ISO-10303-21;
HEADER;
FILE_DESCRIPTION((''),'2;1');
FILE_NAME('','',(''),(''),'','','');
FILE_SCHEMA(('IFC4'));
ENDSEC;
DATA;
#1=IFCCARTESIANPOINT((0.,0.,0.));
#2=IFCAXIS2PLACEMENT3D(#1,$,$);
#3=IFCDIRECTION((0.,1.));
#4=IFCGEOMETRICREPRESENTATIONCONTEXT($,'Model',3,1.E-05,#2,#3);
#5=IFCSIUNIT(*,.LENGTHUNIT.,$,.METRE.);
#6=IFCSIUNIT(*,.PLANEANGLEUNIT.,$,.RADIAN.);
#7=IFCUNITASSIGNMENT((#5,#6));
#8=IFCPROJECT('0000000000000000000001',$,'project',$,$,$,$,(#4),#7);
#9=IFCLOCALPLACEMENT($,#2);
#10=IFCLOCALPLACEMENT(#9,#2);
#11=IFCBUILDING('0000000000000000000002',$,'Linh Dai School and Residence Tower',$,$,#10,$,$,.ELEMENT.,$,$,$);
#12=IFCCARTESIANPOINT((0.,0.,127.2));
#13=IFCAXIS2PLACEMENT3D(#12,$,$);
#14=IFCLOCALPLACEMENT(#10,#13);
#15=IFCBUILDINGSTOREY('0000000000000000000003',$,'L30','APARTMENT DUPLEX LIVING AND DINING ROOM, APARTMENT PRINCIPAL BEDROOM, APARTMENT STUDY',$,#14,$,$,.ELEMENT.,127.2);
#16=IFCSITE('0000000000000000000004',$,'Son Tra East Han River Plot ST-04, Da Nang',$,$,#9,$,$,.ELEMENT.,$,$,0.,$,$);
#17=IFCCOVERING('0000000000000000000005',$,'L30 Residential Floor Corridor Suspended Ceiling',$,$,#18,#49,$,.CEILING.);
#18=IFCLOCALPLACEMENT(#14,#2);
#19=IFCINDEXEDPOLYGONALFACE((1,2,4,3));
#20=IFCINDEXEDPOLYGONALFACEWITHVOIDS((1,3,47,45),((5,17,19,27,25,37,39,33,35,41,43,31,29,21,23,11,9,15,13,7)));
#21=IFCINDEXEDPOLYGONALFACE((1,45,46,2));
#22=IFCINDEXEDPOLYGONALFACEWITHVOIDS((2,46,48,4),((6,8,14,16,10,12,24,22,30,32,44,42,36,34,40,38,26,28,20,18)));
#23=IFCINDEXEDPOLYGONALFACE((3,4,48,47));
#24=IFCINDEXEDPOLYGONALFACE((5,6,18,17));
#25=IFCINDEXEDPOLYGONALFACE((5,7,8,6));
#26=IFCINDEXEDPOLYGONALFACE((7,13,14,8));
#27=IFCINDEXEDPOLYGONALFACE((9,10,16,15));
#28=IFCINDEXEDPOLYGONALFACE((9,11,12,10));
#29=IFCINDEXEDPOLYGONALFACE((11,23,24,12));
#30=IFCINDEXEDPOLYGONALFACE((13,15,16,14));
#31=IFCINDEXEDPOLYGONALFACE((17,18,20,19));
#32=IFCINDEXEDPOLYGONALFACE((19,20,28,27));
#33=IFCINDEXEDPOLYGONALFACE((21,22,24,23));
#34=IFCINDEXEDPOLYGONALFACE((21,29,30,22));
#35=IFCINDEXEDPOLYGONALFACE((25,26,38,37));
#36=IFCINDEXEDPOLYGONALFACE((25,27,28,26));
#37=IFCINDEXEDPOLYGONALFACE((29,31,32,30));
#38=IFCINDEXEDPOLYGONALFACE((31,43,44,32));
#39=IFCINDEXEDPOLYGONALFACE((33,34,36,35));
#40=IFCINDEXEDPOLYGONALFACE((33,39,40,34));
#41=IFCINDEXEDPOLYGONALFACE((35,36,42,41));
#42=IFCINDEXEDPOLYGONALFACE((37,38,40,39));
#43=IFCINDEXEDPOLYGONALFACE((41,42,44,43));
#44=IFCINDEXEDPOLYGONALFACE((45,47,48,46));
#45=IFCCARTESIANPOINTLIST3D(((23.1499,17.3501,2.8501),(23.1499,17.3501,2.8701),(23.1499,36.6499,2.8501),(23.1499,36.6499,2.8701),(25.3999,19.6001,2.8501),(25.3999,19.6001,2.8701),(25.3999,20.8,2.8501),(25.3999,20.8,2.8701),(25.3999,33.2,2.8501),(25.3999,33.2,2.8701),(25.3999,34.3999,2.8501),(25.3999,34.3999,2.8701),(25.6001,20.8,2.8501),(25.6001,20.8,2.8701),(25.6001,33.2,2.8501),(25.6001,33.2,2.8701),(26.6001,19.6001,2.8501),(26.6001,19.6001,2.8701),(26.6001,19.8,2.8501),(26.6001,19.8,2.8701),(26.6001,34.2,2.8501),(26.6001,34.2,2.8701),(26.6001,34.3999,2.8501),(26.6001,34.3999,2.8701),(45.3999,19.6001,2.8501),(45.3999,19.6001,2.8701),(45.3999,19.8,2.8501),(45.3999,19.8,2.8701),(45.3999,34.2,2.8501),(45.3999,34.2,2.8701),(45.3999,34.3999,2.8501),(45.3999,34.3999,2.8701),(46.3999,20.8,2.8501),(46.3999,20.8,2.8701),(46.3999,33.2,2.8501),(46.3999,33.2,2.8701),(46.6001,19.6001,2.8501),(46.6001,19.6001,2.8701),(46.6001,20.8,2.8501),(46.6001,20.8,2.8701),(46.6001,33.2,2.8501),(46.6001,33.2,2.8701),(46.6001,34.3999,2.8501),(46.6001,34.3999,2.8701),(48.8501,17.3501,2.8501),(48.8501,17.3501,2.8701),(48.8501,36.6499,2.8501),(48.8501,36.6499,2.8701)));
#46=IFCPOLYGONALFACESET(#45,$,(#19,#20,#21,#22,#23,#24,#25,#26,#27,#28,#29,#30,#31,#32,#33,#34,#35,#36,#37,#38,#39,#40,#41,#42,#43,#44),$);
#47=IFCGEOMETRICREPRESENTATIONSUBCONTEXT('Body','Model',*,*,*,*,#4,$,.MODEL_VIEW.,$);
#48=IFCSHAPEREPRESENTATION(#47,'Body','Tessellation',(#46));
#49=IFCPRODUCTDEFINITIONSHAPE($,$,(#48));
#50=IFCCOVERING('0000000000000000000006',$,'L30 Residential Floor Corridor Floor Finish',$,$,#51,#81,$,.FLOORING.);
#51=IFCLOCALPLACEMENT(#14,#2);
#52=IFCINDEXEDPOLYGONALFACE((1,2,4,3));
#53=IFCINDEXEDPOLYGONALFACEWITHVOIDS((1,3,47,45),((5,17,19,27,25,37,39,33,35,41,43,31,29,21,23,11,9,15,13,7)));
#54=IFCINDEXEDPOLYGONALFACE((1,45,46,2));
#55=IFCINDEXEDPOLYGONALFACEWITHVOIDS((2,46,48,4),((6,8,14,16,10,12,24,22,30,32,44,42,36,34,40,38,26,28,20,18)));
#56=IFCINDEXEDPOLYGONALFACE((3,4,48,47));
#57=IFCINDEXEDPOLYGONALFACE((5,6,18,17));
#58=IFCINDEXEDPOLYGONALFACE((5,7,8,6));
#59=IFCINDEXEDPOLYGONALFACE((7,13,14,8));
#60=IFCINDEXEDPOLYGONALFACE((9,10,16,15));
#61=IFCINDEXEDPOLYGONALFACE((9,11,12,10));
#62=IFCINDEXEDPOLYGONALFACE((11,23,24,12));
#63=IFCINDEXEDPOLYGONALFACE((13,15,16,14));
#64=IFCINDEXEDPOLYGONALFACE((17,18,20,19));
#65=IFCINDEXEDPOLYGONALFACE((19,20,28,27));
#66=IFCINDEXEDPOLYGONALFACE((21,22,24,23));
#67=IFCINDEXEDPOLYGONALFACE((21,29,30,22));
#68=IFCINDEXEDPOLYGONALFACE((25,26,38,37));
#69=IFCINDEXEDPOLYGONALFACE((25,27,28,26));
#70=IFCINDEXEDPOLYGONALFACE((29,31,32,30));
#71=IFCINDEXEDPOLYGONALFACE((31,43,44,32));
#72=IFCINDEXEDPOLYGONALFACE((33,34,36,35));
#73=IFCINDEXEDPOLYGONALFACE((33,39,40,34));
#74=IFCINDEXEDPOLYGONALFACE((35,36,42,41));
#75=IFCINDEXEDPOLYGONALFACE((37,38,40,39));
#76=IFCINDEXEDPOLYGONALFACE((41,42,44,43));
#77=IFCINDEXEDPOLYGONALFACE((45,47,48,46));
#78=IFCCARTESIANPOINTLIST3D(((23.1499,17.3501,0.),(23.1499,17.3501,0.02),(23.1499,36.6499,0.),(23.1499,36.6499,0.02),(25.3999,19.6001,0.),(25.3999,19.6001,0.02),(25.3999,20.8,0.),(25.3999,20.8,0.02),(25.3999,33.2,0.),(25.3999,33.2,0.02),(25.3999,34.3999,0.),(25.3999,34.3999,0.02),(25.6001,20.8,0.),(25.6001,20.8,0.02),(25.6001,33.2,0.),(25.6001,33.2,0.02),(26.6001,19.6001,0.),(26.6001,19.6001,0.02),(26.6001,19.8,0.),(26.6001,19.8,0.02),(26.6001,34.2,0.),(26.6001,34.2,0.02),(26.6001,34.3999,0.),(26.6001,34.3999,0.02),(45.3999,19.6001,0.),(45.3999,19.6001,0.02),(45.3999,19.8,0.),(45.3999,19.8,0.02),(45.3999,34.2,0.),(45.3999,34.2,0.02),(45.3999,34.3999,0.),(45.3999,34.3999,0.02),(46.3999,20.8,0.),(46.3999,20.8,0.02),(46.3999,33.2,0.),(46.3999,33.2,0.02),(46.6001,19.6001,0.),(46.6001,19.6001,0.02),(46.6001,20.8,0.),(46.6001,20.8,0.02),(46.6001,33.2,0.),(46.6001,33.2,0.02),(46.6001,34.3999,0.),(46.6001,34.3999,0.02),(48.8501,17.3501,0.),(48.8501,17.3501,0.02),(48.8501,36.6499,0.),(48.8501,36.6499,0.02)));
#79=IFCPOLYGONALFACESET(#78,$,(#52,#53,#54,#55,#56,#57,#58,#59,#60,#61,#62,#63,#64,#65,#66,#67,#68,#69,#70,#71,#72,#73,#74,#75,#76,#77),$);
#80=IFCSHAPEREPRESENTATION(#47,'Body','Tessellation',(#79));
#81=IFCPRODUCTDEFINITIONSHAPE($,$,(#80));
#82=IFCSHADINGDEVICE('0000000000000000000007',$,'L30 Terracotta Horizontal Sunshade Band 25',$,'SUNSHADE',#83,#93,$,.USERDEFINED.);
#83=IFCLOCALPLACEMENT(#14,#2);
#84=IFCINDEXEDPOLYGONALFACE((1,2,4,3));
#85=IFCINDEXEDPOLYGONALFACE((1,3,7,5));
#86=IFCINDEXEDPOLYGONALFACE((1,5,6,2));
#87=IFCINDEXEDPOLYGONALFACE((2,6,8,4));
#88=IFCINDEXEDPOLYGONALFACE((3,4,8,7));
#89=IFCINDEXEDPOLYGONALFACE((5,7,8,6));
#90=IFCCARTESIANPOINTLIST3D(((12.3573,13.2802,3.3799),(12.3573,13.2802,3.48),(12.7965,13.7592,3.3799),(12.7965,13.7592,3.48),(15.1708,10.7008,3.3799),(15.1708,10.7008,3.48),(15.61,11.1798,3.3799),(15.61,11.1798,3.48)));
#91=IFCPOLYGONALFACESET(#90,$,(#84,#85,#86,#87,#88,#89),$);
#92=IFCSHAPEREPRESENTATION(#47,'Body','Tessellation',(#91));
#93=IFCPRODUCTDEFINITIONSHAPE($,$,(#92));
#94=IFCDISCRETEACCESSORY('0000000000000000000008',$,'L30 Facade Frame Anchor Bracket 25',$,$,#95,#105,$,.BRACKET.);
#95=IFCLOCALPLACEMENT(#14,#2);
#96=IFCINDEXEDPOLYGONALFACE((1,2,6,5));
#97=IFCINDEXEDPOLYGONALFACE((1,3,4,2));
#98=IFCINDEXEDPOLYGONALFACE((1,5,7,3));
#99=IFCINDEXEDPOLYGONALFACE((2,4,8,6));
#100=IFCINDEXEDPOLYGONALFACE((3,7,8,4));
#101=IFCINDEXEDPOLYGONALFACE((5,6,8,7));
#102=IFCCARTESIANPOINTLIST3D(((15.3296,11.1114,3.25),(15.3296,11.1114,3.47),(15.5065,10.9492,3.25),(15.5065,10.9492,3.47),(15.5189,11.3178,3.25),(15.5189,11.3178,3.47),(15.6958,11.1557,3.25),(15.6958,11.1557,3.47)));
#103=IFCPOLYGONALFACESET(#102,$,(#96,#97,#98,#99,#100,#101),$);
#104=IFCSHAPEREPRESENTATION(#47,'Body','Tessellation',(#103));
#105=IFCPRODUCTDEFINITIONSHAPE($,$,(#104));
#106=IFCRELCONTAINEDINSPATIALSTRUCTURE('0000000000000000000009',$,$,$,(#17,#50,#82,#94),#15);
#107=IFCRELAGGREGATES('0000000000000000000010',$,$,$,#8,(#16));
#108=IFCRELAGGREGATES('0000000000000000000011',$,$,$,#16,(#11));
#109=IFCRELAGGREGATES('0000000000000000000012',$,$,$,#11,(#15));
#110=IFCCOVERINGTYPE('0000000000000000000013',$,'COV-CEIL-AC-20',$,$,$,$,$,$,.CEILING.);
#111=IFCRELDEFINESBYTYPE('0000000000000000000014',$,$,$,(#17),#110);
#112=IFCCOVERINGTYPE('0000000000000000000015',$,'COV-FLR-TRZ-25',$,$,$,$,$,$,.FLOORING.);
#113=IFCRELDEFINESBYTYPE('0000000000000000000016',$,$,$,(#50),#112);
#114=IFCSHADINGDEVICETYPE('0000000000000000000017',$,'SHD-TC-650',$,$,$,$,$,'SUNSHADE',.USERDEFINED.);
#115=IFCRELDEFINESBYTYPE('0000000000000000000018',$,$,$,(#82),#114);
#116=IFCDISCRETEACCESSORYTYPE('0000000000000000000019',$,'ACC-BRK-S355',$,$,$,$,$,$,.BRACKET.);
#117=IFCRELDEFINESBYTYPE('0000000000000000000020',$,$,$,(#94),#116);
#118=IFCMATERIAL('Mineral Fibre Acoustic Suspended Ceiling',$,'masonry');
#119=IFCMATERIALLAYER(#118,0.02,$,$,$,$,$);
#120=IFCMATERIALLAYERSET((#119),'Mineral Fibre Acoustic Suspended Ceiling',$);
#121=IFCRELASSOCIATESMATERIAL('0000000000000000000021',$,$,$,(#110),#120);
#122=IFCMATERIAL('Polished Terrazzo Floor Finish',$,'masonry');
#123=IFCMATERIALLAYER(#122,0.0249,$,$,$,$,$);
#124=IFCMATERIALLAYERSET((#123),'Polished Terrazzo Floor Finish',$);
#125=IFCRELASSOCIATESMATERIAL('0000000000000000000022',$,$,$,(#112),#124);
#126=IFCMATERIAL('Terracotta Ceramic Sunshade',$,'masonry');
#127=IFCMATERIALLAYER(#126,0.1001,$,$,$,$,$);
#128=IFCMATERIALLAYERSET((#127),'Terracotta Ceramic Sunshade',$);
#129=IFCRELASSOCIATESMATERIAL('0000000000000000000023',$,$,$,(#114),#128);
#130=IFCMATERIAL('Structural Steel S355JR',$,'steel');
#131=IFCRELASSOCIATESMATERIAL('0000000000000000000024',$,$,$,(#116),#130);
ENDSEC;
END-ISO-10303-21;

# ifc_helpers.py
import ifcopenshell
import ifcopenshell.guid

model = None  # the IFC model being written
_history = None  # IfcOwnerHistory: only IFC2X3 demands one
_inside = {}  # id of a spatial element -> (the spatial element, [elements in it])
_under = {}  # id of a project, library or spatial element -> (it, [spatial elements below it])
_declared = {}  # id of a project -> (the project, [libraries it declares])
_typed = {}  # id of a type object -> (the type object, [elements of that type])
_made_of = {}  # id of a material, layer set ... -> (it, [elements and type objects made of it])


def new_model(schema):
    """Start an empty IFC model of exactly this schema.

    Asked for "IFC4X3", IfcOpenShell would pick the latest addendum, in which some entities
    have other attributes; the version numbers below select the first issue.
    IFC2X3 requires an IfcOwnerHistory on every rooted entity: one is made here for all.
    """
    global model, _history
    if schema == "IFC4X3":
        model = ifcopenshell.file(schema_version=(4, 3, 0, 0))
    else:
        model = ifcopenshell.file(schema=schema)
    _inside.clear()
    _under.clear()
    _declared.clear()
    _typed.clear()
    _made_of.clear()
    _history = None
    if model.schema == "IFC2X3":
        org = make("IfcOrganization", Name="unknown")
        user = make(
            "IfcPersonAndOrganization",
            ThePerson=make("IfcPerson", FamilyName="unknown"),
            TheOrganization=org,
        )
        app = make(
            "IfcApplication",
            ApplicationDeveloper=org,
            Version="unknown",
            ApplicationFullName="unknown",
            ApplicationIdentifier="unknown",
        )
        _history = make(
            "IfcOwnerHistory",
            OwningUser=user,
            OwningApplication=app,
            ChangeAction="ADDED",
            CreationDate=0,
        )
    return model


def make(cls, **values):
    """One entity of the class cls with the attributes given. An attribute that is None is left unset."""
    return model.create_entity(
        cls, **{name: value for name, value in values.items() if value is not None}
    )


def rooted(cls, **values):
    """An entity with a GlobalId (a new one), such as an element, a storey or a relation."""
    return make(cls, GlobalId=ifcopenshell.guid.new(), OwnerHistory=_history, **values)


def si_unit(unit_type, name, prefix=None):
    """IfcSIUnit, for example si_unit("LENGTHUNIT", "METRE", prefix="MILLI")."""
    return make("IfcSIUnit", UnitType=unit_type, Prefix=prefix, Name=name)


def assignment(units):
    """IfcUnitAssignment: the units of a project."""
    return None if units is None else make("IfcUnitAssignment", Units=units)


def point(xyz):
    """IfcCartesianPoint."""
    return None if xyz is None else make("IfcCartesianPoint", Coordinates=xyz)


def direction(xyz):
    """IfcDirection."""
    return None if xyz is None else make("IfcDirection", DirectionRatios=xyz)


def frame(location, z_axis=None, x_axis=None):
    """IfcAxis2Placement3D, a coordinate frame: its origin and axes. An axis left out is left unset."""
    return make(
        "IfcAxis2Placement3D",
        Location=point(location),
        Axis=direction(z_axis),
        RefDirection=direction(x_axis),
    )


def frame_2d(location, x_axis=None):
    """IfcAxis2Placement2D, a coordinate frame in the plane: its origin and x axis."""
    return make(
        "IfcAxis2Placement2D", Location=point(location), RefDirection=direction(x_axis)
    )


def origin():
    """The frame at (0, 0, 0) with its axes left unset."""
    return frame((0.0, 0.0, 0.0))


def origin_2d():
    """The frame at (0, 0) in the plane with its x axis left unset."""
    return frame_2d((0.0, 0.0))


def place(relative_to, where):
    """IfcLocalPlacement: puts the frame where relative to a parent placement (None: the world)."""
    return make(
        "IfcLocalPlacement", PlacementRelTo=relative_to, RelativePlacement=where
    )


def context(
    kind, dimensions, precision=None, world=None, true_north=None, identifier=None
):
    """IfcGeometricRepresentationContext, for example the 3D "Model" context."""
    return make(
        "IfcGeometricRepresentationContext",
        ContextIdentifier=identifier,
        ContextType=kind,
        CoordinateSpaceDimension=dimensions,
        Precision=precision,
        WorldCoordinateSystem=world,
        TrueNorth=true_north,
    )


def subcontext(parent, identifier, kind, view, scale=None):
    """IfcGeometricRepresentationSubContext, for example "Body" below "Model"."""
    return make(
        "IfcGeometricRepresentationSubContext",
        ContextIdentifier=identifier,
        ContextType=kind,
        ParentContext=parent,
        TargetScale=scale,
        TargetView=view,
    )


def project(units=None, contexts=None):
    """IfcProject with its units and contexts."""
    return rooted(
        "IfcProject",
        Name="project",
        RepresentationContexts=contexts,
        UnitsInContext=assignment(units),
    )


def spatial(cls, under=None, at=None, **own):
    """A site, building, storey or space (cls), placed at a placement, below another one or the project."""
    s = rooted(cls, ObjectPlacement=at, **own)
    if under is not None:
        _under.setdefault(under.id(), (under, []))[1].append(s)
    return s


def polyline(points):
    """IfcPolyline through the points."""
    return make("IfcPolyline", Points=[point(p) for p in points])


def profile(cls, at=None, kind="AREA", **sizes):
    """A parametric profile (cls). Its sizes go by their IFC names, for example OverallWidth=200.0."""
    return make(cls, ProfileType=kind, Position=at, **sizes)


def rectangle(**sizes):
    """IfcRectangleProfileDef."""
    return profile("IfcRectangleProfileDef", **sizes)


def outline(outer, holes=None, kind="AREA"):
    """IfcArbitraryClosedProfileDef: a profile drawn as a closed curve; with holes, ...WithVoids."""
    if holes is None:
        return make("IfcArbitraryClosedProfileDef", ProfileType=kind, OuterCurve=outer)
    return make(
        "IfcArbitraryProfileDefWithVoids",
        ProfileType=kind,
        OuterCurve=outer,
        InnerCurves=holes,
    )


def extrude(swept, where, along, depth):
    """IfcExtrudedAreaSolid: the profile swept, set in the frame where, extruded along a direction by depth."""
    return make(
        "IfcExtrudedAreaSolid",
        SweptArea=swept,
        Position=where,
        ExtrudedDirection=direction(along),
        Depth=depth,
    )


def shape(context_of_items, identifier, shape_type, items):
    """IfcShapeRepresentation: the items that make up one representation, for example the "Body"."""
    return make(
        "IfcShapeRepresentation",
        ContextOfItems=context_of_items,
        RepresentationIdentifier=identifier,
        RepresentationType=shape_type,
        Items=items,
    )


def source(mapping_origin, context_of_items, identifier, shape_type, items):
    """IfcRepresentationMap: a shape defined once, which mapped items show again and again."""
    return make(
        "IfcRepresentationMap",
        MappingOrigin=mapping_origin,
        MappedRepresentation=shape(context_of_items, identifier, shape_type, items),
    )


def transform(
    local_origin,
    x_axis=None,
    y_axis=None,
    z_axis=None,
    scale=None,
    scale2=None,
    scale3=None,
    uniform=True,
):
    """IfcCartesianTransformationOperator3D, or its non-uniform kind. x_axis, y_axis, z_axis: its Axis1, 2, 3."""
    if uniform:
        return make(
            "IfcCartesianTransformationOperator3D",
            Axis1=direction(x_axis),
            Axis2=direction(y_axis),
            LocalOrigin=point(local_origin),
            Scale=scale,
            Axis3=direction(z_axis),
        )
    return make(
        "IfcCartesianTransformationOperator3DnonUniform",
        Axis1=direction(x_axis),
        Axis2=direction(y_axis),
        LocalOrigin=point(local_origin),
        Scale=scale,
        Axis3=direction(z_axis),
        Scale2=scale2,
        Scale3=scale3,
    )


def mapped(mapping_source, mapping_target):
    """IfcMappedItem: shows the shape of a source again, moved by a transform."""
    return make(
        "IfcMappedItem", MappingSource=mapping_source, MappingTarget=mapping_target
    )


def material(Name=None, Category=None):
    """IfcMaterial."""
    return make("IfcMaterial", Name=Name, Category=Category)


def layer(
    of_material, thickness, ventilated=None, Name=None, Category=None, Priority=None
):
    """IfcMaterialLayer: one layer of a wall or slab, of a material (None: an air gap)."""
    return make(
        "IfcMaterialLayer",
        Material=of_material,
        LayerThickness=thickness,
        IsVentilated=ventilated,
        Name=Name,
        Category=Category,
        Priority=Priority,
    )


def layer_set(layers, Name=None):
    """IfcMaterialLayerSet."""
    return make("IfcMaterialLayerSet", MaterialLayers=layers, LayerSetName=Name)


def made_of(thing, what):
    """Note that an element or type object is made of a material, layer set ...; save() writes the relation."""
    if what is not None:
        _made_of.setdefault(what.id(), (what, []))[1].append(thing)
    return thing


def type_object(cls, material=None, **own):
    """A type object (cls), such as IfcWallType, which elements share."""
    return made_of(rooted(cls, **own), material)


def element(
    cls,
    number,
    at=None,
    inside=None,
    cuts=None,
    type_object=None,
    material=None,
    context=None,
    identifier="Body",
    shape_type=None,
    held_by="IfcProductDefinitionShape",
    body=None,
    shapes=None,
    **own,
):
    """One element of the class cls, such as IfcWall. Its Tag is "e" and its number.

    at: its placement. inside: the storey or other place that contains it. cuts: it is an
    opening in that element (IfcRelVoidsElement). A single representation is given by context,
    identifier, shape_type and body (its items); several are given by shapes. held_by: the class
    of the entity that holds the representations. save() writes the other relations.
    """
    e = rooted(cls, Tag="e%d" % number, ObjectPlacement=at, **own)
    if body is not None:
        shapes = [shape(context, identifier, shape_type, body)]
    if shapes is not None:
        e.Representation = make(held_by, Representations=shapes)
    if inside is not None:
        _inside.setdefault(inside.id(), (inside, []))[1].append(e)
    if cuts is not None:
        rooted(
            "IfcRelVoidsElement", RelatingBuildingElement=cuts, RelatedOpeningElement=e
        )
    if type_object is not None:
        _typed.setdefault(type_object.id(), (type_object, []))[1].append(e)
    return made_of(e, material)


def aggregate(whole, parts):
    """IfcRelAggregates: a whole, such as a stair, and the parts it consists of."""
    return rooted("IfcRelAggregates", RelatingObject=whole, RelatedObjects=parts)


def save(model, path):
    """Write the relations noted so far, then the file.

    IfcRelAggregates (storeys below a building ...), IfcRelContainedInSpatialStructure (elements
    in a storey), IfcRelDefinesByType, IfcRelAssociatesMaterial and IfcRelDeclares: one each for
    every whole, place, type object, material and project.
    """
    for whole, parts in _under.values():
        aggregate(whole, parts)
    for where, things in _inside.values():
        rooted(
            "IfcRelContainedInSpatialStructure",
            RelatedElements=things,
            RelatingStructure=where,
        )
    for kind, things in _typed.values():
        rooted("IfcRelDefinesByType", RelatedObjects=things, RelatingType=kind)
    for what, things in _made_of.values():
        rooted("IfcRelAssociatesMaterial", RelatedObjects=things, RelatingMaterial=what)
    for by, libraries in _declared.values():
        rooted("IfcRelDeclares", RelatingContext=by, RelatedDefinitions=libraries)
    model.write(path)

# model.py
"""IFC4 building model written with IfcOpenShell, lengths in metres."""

from ifc_helpers import new_model, si_unit, direction, frame, origin, origin_2d, place, context, subcontext, project, spatial, polyline, rectangle, outline, extrude, source, transform, mapped, material, layer, layer_set, type_object, element, save


model = new_model("IFC4")

# Units and contexts
model_context = context("Model", 3, precision=1e-05, world=origin(), true_north=direction((0.0, 1.0)))
body_context = subcontext(model_context, "Body", "Model", "MODEL_VIEW")
ifc_project = project(units=[si_unit("LENGTHUNIT", "METRE"), si_unit("PLANEANGLEUNIT", "RADIAN")], contexts=[model_context])

# Site, building, storey
site_placement = place(None, origin())
site = spatial("IfcSite", under=ifc_project, at=site_placement, Name="Son Tra East Han River Plot ST-04, Da Nang", CompositionType="ELEMENT", RefElevation=0.0)
building_placement = place(site_placement, origin())
building = spatial("IfcBuilding", under=site, at=building_placement, Name="Linh Dai School and Residence Tower", CompositionType="ELEMENT")
storey_placement = place(building_placement, frame((0.0, 0.0, 127.2)))
storey = spatial("IfcBuildingStorey", under=building, at=storey_placement, Name="L30", Description="APARTMENT DUPLEX LIVING AND DINING ROOM, APARTMENT PRINCIPAL BEDROOM, APARTMENT STUDY", CompositionType="ELEMENT", Elevation=127.2)

# Shared definitions
ifc_material_1 = material(Name="Structural Steel S355JR", Category="steel")

# Coverings
ifc_material_2 = material(Name="Mineral Fibre Acoustic Suspended Ceiling", Category="masonry")
ifc_layer_1 = layer(ifc_material_2, 0.02)
ifc_layer_set_1 = layer_set([ifc_layer_1], Name="Mineral Fibre Acoustic Suspended Ceiling")
covering_type_1 = type_object("IfcCoveringType", Name="COV-CEIL-AC-20", PredefinedType="CEILING", material=ifc_layer_set_1)
covering_1_placement = place(storey_placement, frame((0.0, 0.0, 2.8501)))
element("IfcCovering", 1, at=covering_1_placement, inside=storey, type_object=covering_type_1, Name="L30 Residential Floor Corridor Suspended Ceiling", PredefinedType="CEILING", context=body_context, shape_type="SweptSolid", body=[
    extrude(outline(polyline([(48.8501, 36.6499), (48.8501, 17.3501), (23.1499, 17.3501), (23.1499, 36.6499), (48.8501, 36.6499)]), holes=[polyline([(26.6001, 34.2), (26.6001, 34.3999), (25.3999, 34.3999), (25.3999, 33.2), (25.6001, 33.2), (25.6001, 20.8), (25.3999, 20.8), (25.3999, 19.6001), (26.6001, 19.6001), (26.6001, 19.8), (45.3999, 19.8), (45.3999, 19.6001), (46.6001, 19.6001), (46.6001, 20.8), (46.3999, 20.8), (46.3999, 33.2), (46.6001, 33.2), (46.6001, 34.3999), (45.3999, 34.3999), (45.3999, 34.2), (26.6001, 34.2)])]), origin(), (0.0, 0.0, 1.0), 0.02),
])
ifc_material_3 = material(Name="Polished Terrazzo Floor Finish", Category="masonry")
ifc_layer_2 = layer(ifc_material_3, 0.0249)
ifc_layer_set_2 = layer_set([ifc_layer_2], Name="Polished Terrazzo Floor Finish")
covering_type_2 = type_object("IfcCoveringType", Name="COV-FLR-TRZ-25", PredefinedType="FLOORING", material=ifc_layer_set_2)
covering_2_placement = place(storey_placement, origin())
element("IfcCovering", 2, at=covering_2_placement, inside=storey, type_object=covering_type_2, Name="L30 Residential Floor Corridor Floor Finish", PredefinedType="FLOORING", context=body_context, shape_type="SweptSolid", body=[
    extrude(outline(polyline([(48.8501, 36.6499), (48.8501, 17.3501), (23.1499, 17.3501), (23.1499, 36.6499), (48.8501, 36.6499)]), holes=[polyline([(26.6001, 34.2), (26.6001, 34.3999), (25.3999, 34.3999), (25.3999, 33.2), (25.6001, 33.2), (25.6001, 20.8), (25.3999, 20.8), (25.3999, 19.6001), (26.6001, 19.6001), (26.6001, 19.8), (45.3999, 19.8), (45.3999, 19.6001), (46.6001, 19.6001), (46.6001, 20.8), (46.3999, 20.8), (46.3999, 33.2), (46.6001, 33.2), (46.6001, 34.3999), (45.3999, 34.3999), (45.3999, 34.2), (26.6001, 34.2)])]), origin(), (0.0, 0.0, 1.0), 0.02),
])

# Shading device
ifc_material_4 = material(Name="Terracotta Ceramic Sunshade", Category="masonry")
ifc_layer_3 = layer(ifc_material_4, 0.1001)
ifc_layer_set_3 = layer_set([ifc_layer_3], Name="Terracotta Ceramic Sunshade")
shading_device_type = type_object("IfcShadingDeviceType", Name="SHD-TC-650", ElementType="SUNSHADE", PredefinedType="USERDEFINED", material=ifc_layer_set_3)
shared_shape_1 = source(origin(), body_context, "Body", "SweptSolid", [
    extrude(rectangle(XDim=3.8169, YDim=0.6499, at=origin_2d()), origin(), (0.0, 0.0, 1.0), 0.1001),
])
shading_device_placement = place(storey_placement, frame((13.9836, 12.23, 3.3799), z_axis=(0.0, 0.0, 1.0), x_axis=(-0.7371, 0.675783, 0.0)))
element("IfcShadingDevice", 3, at=shading_device_placement, inside=storey, type_object=shading_device_type, Name="L30 Terracotta Horizontal Sunshade Band 25", ObjectType="SUNSHADE", PredefinedType="USERDEFINED", context=body_context, shape_type="MappedRepresentation", body=[
    mapped(shared_shape_1, transform((0.0, 0.0, 0.0), x_axis=(1.0, 0.0, 0.0), y_axis=(0.0, 1.0, 0.0), z_axis=(0.0, 0.0, 1.0), scale=1.0)),
])

# Discrete accessory
discrete_accessory_type = type_object("IfcDiscreteAccessoryType", Name="ACC-BRK-S355", PredefinedType="BRACKET", material=ifc_material_1)
shared_shape_2 = source(origin(), body_context, "Body", "SweptSolid", [
    extrude(rectangle(XDim=0.28, YDim=0.24, at=origin_2d()), origin(), (0.0, 0.0, 1.0), 0.22),
])
discrete_accessory_placement = place(storey_placement, frame((15.5127, 11.1335, 3.25), z_axis=(0.0, 0.0, 1.0), x_axis=(-0.675783, -0.7371, 0.0)))
element("IfcDiscreteAccessory", 4, at=discrete_accessory_placement, inside=storey, type_object=discrete_accessory_type, Name="L30 Facade Frame Anchor Bracket 25", PredefinedType="BRACKET", context=body_context, shape_type="MappedRepresentation", body=[
    mapped(shared_shape_2, transform((0.0, 0.0, 0.0), x_axis=(1.0, 0.0, 0.0), y_axis=(0.0, 1.0, 0.0), z_axis=(0.0, 0.0, 1.0), scale=1.0)),
])

save(model, "model.ifc")
